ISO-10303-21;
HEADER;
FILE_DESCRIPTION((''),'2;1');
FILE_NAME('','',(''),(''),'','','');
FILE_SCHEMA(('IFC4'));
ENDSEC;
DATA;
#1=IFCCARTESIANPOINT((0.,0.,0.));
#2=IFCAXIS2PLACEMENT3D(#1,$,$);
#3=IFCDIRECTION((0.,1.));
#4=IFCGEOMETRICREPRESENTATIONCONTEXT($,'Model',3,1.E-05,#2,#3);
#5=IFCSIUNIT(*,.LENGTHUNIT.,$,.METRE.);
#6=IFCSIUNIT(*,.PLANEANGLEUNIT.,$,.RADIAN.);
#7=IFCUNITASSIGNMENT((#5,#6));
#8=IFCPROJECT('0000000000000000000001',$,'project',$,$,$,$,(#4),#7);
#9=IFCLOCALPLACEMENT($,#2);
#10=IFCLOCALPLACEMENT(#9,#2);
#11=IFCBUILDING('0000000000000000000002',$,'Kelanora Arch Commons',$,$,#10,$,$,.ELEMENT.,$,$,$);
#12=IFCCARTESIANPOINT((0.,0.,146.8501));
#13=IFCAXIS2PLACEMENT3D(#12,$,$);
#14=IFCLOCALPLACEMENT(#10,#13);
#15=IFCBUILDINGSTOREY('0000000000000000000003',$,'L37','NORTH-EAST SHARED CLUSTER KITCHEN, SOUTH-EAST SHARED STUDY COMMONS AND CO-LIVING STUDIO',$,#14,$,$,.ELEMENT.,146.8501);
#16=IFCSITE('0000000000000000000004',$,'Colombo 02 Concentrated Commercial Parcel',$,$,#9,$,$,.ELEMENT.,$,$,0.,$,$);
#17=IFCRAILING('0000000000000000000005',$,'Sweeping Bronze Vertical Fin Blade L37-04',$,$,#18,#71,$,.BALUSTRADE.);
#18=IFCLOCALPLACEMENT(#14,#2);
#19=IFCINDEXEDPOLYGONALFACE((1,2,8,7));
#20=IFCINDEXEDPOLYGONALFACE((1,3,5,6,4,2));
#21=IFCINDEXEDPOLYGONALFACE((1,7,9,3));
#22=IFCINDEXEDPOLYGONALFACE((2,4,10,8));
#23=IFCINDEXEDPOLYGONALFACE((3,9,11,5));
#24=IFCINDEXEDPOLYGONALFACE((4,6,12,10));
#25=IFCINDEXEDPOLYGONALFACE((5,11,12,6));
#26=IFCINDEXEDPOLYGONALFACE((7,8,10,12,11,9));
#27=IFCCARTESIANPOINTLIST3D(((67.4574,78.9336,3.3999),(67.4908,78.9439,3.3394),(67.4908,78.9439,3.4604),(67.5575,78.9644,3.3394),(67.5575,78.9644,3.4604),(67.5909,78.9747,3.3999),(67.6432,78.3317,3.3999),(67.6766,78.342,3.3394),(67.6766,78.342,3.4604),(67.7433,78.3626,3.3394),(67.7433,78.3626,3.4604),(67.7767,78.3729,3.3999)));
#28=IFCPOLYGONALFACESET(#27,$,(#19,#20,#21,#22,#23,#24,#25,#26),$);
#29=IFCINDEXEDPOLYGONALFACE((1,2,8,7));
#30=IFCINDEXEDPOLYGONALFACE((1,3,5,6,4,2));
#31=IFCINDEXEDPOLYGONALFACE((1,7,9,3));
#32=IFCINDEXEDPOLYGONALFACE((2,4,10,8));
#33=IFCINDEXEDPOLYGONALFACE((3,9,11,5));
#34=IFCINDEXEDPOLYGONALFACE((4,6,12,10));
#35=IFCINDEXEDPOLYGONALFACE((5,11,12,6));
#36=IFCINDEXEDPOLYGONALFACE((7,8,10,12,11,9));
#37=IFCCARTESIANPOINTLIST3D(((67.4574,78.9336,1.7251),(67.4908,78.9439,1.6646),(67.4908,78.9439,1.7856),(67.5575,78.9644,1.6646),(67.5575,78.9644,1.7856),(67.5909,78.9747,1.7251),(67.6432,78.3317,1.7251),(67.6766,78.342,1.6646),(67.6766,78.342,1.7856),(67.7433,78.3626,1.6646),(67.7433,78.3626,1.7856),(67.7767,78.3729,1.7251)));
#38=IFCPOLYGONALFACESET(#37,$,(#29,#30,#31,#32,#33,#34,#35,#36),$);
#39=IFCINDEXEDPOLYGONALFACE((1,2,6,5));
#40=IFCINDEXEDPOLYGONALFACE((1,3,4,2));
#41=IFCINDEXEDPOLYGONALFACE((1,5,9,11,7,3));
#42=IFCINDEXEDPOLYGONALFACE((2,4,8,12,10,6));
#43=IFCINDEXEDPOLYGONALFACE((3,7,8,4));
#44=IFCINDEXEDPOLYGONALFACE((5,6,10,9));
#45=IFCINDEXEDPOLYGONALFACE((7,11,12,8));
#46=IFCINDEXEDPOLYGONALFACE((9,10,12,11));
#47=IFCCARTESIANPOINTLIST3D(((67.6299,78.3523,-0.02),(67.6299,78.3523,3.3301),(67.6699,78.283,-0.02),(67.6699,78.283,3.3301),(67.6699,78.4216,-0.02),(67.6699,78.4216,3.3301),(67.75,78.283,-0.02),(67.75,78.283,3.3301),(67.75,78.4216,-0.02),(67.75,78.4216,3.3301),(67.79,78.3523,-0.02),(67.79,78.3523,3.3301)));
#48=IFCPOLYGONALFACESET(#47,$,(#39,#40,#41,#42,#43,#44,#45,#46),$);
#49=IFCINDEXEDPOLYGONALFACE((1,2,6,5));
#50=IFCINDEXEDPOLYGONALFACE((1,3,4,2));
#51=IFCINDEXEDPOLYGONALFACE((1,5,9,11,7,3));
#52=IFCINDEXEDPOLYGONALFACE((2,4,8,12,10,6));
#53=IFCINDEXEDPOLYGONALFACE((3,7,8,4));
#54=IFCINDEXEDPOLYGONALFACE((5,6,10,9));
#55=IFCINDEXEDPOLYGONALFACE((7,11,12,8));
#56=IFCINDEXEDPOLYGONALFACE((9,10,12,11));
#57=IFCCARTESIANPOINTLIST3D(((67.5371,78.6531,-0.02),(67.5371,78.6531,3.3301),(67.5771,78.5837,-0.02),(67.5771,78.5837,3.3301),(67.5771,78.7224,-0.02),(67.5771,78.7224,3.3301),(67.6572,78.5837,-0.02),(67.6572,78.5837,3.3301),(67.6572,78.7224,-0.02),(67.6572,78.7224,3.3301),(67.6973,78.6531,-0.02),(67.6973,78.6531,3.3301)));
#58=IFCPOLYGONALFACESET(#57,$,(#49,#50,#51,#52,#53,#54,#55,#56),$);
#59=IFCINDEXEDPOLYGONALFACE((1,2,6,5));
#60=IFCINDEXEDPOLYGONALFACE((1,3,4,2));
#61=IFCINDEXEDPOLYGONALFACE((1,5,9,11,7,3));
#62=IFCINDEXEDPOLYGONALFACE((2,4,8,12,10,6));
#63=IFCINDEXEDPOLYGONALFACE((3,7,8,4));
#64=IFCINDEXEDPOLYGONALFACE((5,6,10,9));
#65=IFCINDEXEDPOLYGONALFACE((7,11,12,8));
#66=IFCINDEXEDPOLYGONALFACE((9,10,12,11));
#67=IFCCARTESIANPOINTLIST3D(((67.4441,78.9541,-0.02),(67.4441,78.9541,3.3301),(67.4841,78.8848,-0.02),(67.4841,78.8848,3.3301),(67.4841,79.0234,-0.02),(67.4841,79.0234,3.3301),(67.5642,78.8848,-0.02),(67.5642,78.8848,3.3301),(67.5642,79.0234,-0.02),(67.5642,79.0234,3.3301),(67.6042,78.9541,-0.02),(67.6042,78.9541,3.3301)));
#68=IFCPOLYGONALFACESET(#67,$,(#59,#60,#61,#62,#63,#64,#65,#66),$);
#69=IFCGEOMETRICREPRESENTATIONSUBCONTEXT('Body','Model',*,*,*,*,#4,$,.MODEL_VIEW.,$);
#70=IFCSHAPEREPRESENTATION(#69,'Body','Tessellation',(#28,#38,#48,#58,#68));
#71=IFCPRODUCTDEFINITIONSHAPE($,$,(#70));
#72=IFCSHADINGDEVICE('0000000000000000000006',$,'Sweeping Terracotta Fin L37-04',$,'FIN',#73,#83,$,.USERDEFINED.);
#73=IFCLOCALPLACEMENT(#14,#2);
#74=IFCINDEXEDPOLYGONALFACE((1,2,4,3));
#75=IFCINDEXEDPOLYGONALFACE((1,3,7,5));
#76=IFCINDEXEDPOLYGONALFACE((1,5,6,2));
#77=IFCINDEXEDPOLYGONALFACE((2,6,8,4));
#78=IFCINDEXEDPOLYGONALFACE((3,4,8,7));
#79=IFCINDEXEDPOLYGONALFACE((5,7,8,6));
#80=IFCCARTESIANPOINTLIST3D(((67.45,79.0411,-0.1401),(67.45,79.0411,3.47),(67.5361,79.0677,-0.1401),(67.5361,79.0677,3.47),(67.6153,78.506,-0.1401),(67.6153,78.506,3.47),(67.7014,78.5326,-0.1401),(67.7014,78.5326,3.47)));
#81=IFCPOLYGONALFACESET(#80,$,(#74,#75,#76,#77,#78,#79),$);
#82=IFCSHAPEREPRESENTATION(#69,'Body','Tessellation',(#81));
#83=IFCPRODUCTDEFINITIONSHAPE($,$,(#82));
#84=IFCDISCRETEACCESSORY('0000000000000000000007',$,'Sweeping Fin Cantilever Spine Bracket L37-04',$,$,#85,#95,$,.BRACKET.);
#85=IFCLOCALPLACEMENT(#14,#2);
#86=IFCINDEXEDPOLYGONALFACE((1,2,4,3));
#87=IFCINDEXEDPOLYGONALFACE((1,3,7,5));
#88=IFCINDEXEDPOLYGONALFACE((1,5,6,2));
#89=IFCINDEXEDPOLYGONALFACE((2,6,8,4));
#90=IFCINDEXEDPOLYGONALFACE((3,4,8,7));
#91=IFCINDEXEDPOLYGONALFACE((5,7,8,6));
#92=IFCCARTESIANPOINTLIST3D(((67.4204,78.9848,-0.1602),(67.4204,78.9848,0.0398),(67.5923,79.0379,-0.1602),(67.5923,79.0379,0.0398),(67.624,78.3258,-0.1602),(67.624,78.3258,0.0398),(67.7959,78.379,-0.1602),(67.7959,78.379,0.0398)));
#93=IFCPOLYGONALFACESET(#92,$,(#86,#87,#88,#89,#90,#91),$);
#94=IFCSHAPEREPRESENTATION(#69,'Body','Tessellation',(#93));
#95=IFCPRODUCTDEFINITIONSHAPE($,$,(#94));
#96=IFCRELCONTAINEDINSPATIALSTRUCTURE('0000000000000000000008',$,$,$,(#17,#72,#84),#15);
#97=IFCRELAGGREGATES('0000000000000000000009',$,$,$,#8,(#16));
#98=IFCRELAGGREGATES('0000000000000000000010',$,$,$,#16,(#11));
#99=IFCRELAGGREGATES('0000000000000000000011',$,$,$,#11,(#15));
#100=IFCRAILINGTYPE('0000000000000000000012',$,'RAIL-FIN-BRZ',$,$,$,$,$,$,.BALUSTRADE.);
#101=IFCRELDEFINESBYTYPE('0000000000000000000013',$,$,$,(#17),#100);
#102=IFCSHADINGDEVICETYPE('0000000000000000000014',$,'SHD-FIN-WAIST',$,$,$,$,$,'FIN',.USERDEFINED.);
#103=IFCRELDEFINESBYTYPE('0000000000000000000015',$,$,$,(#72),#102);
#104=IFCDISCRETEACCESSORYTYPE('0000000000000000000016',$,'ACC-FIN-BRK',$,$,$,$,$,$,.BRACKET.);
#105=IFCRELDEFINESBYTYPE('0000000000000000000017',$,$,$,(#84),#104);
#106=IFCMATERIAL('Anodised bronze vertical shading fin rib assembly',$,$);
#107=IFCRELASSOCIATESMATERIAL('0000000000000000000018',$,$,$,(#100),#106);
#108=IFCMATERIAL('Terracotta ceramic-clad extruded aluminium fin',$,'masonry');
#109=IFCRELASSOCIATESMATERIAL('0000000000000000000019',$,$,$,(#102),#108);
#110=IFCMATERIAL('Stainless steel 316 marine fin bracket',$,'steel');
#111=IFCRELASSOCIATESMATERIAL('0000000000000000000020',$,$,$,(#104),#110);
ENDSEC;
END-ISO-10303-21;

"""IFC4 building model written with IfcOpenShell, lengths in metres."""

from ifc_helpers import new_model, si_unit, direction, frame, origin, origin_2d, place, context, subcontext, project, spatial, polyline, rectangle, outline, extrude, source, transform, mapped, material, type_object, element, save


model = new_model("IFC4")

# Units and contexts
model_context = context("Model", 3, precision=1e-05, world=origin(), true_north=direction((0.0, 1.0)))
body_context = subcontext(model_context, "Body", "Model", "MODEL_VIEW")
ifc_project = project(units=[si_unit("LENGTHUNIT", "METRE"), si_unit("PLANEANGLEUNIT", "RADIAN")], contexts=[model_context])

# Site, building, storey
site_placement = place(None, origin())
site = spatial("IfcSite", under=ifc_project, at=site_placement, Name="Colombo 02 Concentrated Commercial Parcel", CompositionType="ELEMENT", RefElevation=0.0)
building_placement = place(site_placement, origin())
building = spatial("IfcBuilding", under=site, at=building_placement, Name="Kelanora Arch Commons", CompositionType="ELEMENT")
storey_placement = place(building_placement, frame((0.0, 0.0, 146.8501)))
storey = spatial("IfcBuildingStorey", under=building, at=storey_placement, Name="L37", Description="NORTH-EAST SHARED CLUSTER KITCHEN, SOUTH-EAST SHARED STUDY COMMONS AND CO-LIVING STUDIO", CompositionType="ELEMENT", Elevation=146.8501)

# Railing
ifc_material_1 = material(Name="Anodised bronze vertical shading fin rib assembly")
railing_type = type_object("IfcRailingType", Name="RAIL-FIN-BRZ", PredefinedType="BALUSTRADE", material=ifc_material_1)
railing_placement = place(storey_placement, frame((67.71, 78.3523, -0.02)))
element("IfcRailing", 1, at=railing_placement, inside=storey, type_object=railing_type, Name="Sweeping Bronze Vertical Fin Blade L37-04", PredefinedType="BALUSTRADE", context=body_context, shape_type="SweptSolid", body=[
    extrude(outline(polyline([(0.0698, 0.0), (0.0349, 0.0605), (-0.0349, 0.0605), (-0.0698, 0.0), (-0.0349, -0.0605), (0.0349, -0.0605), (0.0698, 0.0)])), frame((0.0, 0.0, 3.4199), z_axis=(-0.294985, 0.955502, 0.0), x_axis=(-0.955502, -0.294985, 0.0)), (0.0, 0.0, 1.0), 0.6299),
    extrude(outline(polyline([(0.0698, 0.0), (0.0349, 0.0605), (-0.0349, 0.0605), (-0.0698, 0.0), (-0.0349, -0.0605), (0.0349, -0.0605), (0.0698, 0.0)])), frame((0.0, 0.0, 1.7451), z_axis=(-0.294985, 0.955502, 0.0), x_axis=(-0.955502, -0.294985, 0.0)), (0.0, 0.0, 1.0), 0.6299),
    extrude(outline(polyline([(0.0801, 0.0), (0.04, 0.0693), (-0.04, 0.0693), (-0.0801, 0.0), (-0.04, -0.0693), (0.04, -0.0693), (0.0801, 0.0)])), origin(), (0.0, 0.0, 1.0), 3.3501),
    extrude(outline(polyline([(0.0801, 0.0), (0.04, 0.0693), (-0.04, 0.0693), (-0.0801, 0.0), (-0.04, -0.0693), (0.04, -0.0693), (0.0801, 0.0)])), frame((-0.0928, 0.3008, 0.0)), (0.0, 0.0, 1.0), 3.3501),
    extrude(outline(polyline([(0.0801, 0.0), (0.04, 0.0693), (-0.04, 0.0693), (-0.0801, 0.0), (-0.04, -0.0693), (0.04, -0.0693), (0.0801, 0.0)])), frame((-0.1858, 0.6018, 0.0)), (0.0, 0.0, 1.0), 3.3501),
])

# Shading device
ifc_material_2 = material(Name="Terracotta ceramic-clad extruded aluminium fin", Category="masonry")
shading_device_type = type_object("IfcShadingDeviceType", Name="SHD-FIN-WAIST", ElementType="FIN", PredefinedType="USERDEFINED", material=ifc_material_2)
shared_shape_1 = source(origin(), body_context, "Body", "SweptSolid", [
    extrude(rectangle(XDim=0.5601, YDim=0.0901, at=origin_2d()), origin(), (0.0, 0.0, 1.0), 3.6101),
])
shading_device_placement = place(storey_placement, frame((67.5757, 78.7869, -0.1401), z_axis=(0.0, 0.0, 1.0), x_axis=(-0.295208, 0.955433, 0.0)))
element("IfcShadingDevice", 2, at=shading_device_placement, inside=storey, type_object=shading_device_type, Name="Sweeping Terracotta Fin L37-04", ObjectType="FIN", PredefinedType="USERDEFINED", context=body_context, shape_type="MappedRepresentation", body=[
    mapped(shared_shape_1, transform((0.0, 0.0, 0.0), scale=1.0)),
])

# Discrete accessory
ifc_material_3 = material(Name="Stainless steel 316 marine fin bracket", Category="steel")
discrete_accessory_type = type_object("IfcDiscreteAccessoryType", Name="ACC-FIN-BRK", PredefinedType="BRACKET", material=ifc_material_3)
shared_shape_2 = source(origin(), body_context, "Body", "SweptSolid", [
    extrude(rectangle(XDim=0.6897, YDim=0.1799, at=origin_2d()), origin(), (0.0, 0.0, 1.0), 0.2),
])
discrete_accessory_placement = place(storey_placement, frame((67.6082, 78.6819, -0.1602), z_axis=(0.0, 0.0, 1.0), x_axis=(-0.295208, 0.955433, 0.0)))
element("IfcDiscreteAccessory", 3, at=discrete_accessory_placement, inside=storey, type_object=discrete_accessory_type, Name="Sweeping Fin Cantilever Spine Bracket L37-04", PredefinedType="BRACKET", context=body_context, shape_type="MappedRepresentation", body=[
    mapped(shared_shape_2, transform((0.0, 0.0, 0.0), scale=1.0)),
])

save(model, "model.ifc")
